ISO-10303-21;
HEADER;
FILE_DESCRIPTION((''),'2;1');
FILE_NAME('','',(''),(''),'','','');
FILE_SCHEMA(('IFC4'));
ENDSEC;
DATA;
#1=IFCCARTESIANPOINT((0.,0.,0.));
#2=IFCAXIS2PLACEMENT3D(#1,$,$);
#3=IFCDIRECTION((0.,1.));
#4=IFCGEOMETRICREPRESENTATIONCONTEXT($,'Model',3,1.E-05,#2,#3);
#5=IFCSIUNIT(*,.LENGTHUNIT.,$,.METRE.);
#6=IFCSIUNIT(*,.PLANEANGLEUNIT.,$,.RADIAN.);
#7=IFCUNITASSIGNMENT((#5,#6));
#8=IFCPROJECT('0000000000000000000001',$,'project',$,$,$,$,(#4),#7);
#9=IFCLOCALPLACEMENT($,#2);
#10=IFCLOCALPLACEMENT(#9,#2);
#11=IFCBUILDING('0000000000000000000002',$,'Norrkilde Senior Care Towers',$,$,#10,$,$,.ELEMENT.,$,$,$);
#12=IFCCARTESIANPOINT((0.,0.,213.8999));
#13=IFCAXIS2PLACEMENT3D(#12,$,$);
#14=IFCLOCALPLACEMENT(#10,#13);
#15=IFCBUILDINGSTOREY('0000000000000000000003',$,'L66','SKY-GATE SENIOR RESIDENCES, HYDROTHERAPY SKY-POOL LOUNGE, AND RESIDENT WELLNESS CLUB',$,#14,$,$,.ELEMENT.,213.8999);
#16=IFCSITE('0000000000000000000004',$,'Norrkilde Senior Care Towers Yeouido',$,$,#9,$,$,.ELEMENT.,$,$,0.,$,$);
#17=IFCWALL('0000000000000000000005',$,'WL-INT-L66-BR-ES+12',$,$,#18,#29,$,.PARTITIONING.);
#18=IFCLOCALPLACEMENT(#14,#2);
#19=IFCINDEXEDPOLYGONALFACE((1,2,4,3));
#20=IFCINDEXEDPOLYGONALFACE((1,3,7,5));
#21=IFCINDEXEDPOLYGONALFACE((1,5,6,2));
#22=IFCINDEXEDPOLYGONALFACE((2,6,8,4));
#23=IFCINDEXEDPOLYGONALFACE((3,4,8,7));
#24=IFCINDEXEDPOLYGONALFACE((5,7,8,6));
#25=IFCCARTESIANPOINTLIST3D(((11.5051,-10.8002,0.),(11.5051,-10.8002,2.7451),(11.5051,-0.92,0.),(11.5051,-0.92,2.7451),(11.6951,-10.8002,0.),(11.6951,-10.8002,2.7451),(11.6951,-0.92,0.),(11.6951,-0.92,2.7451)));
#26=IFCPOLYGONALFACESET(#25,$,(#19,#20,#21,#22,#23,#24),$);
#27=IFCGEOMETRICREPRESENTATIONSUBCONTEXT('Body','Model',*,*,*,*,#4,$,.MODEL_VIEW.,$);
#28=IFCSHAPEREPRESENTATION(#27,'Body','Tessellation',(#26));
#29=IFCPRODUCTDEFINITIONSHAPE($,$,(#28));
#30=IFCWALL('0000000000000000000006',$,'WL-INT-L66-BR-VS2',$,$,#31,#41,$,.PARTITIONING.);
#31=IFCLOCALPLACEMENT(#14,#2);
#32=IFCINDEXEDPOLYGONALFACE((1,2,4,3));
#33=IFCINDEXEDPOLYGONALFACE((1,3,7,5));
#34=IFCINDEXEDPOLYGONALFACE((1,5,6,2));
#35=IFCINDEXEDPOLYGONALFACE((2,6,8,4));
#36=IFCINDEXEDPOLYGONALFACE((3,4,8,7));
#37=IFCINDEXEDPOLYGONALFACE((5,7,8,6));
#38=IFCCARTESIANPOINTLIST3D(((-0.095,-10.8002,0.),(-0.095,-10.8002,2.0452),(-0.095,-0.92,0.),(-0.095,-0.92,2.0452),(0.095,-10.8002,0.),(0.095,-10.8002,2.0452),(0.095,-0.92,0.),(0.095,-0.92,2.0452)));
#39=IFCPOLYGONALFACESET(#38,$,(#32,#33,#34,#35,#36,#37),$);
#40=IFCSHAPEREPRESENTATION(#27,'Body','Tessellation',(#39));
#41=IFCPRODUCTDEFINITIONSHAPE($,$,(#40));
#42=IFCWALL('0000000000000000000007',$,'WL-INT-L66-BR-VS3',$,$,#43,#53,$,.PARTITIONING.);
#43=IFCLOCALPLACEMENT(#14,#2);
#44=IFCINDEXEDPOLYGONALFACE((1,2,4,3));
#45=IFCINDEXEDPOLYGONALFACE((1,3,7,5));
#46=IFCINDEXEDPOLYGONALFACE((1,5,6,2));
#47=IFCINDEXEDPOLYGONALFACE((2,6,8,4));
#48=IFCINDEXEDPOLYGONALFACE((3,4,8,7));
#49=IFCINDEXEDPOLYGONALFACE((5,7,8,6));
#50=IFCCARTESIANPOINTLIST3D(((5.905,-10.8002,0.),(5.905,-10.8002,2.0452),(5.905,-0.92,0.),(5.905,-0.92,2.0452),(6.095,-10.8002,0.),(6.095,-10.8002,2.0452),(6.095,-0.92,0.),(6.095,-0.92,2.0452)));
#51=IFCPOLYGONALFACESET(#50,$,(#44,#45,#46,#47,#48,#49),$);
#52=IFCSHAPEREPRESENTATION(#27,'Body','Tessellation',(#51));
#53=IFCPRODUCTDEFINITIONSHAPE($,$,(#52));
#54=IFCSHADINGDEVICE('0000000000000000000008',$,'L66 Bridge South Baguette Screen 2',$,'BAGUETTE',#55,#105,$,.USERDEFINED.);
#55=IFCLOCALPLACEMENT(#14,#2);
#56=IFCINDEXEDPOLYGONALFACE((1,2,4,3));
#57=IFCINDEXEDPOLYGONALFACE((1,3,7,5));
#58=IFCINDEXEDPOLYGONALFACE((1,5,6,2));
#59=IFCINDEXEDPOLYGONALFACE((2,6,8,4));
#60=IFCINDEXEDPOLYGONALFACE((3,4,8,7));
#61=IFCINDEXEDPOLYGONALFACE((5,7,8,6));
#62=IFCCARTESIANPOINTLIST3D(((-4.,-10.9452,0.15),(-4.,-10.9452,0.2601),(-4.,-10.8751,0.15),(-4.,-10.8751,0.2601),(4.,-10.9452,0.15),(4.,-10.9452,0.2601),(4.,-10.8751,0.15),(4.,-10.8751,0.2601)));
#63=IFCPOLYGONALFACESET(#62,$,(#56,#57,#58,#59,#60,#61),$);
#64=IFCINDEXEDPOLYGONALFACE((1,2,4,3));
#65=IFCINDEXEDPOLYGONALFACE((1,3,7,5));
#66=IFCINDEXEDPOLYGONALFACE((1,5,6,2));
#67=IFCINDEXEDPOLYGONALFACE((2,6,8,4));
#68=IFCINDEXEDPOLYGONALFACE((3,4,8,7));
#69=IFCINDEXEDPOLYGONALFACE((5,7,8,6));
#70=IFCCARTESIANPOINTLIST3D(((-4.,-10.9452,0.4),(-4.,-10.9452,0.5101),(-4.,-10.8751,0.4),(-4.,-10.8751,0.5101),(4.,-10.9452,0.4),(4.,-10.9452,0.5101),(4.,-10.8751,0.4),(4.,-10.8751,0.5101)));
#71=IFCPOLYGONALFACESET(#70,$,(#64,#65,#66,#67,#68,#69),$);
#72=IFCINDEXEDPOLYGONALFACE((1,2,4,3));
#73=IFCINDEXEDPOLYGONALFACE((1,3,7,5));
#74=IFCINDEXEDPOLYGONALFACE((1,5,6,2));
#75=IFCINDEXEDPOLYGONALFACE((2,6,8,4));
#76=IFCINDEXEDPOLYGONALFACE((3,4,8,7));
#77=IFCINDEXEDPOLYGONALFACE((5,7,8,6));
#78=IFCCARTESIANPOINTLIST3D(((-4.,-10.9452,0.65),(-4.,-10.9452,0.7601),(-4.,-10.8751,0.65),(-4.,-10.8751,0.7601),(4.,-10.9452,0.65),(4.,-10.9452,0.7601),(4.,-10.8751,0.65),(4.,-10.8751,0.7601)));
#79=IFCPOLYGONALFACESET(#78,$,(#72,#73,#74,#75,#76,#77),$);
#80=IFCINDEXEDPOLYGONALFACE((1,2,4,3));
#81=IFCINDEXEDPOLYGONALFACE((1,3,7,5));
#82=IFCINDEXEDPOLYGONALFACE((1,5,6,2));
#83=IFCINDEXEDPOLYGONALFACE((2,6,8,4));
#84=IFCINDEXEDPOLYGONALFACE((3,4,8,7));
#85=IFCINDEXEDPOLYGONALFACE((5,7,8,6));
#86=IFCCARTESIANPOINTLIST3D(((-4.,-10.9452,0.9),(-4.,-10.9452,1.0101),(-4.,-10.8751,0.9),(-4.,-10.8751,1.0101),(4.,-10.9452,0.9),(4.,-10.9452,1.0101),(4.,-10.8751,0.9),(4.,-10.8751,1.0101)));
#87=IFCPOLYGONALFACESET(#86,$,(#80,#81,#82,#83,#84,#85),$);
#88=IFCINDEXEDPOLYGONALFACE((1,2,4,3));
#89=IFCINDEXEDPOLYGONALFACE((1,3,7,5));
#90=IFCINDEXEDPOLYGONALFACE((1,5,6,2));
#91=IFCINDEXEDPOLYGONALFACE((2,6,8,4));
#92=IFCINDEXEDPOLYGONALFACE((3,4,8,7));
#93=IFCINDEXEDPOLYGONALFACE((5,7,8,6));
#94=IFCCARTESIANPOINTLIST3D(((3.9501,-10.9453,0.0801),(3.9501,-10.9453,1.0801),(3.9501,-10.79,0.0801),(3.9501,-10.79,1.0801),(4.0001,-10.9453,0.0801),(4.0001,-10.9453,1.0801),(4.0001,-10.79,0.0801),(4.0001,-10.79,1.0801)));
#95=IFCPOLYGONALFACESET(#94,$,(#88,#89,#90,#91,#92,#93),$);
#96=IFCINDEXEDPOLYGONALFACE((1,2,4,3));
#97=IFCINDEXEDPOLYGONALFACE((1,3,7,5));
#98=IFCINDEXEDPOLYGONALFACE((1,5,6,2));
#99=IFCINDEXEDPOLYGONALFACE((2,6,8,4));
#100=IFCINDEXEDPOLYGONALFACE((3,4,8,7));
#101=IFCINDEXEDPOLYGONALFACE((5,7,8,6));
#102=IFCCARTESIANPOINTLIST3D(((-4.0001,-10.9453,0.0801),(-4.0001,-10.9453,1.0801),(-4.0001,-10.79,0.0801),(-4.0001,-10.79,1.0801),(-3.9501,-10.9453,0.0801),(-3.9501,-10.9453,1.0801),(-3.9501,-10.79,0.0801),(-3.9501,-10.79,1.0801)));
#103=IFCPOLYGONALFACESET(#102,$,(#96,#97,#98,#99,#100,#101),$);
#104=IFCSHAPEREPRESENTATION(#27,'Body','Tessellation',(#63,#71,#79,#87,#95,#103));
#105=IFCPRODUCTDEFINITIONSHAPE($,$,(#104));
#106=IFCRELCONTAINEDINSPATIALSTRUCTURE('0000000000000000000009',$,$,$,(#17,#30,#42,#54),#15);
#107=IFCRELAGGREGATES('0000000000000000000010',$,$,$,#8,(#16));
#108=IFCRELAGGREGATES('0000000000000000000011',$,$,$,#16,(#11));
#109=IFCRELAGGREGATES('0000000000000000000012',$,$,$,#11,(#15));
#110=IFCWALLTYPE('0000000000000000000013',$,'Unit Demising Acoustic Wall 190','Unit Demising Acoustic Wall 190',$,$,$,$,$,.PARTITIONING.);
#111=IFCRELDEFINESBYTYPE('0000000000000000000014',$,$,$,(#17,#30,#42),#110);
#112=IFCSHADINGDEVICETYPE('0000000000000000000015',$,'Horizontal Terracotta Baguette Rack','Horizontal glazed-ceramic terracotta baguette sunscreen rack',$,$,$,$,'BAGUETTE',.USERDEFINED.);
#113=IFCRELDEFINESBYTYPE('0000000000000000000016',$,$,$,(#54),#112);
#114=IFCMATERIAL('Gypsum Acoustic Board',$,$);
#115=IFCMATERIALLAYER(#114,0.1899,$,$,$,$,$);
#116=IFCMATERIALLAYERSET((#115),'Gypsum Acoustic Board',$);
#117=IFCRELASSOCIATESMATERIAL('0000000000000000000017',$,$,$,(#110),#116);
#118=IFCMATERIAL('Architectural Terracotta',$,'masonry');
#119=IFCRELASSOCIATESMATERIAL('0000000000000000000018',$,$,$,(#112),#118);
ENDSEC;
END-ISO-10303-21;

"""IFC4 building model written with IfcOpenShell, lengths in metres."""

from ifc_helpers import new_model, si_unit, direction, frame, frame_2d, origin, origin_2d, place, context, subcontext, project, spatial, rectangle, extrude, source, transform, mapped, material, layer, layer_set, type_object, type_shapes, element, save


model = new_model("IFC4")

# Units and contexts
model_context = context("Model", 3, precision=1e-05, world=origin(), true_north=direction((0.0, 1.0)))
body_context = subcontext(model_context, "Body", "Model", "MODEL_VIEW")
ifc_project = project(units=[si_unit("LENGTHUNIT", "METRE"), si_unit("PLANEANGLEUNIT", "RADIAN")], contexts=[model_context])

# Site, building, storey
site_placement = place(None, origin())
site = spatial("IfcSite", under=ifc_project, at=site_placement, Name="Norrkilde Senior Care Towers Yeouido", CompositionType="ELEMENT", RefElevation=0.0)
building_placement = place(site_placement, origin())
building = spatial("IfcBuilding", under=site, at=building_placement, Name="Norrkilde Senior Care Towers", CompositionType="ELEMENT")
storey_placement = place(building_placement, frame((0.0, 0.0, 213.8999)))
storey = spatial("IfcBuildingStorey", under=building, at=storey_placement, Name="L66", Description="SKY-GATE SENIOR RESIDENCES, HYDROTHERAPY SKY-POOL LOUNGE, AND RESIDENT WELLNESS CLUB", CompositionType="ELEMENT", Elevation=213.8999)

# Walls
ifc_material_1 = material(Name="Gypsum Acoustic Board")
ifc_layer_1 = layer(ifc_material_1, 0.1899)
ifc_layer_set_1 = layer_set([ifc_layer_1], Name="Gypsum Acoustic Board")
wall_type_1 = type_object("IfcWallType", Name="Unit Demising Acoustic Wall 190", Description="Unit Demising Acoustic Wall 190", PredefinedType="PARTITIONING", material=ifc_layer_set_1)
shared_shape_1 = source(origin(), body_context, "Body", "SweptSolid", [
    extrude(rectangle(XDim=9.8801, YDim=0.1899, at=frame_2d((4.9399, 0.0))), origin(), (0.0, 0.0, 1.0), 2.7451),
])
wall_1_placement = place(storey_placement, frame((11.6001, -10.8, 0.0), z_axis=(0.0, 0.0, 1.0), x_axis=(0.0, 1.0, 0.0)))
element("IfcWall", 1, at=wall_1_placement, inside=storey, type_object=wall_type_1, Name="WL-INT-L66-BR-ES+12", PredefinedType="PARTITIONING", context=body_context, shape_type="MappedRepresentation", body=[
    mapped(shared_shape_1, transform((0.0, 0.0, 0.0), x_axis=(1.0, 0.0, 0.0), y_axis=(0.0, 1.0, 0.0), z_axis=(0.0, 0.0, 1.0), scale=1.0)),
])
shared_shape_2 = source(origin(), body_context, "Body", "SweptSolid", [
    extrude(rectangle(XDim=9.8801, YDim=0.1899, at=frame_2d((4.9399, 0.0))), origin(), (0.0, 0.0, 1.0), 2.0452),
])
type_shapes(wall_type_1, [shared_shape_1, shared_shape_2])
for number, where, z_axis, x_axis, name in (
    (2, (0.0, -10.8, 0.0), (0.0, 0.0, 1.0), (0.0, 1.0, 0.0), "WL-INT-L66-BR-VS2"),
    (3, (6.0, -10.8, 0.0), (0.0, 0.0, 1.0), (0.0, 1.0, 0.0), "WL-INT-L66-BR-VS3"),
):
    element("IfcWall", number, at=place(storey_placement, frame(where, z_axis=z_axis, x_axis=x_axis)), inside=storey, type_object=wall_type_1, Name=name, PredefinedType="PARTITIONING", context=body_context, shape_type="MappedRepresentation", body=[
        mapped(shared_shape_2, transform((0.0, 0.0, 0.0), x_axis=(1.0, 0.0, 0.0), y_axis=(0.0, 1.0, 0.0), z_axis=(0.0, 0.0, 1.0), scale=1.0)),
    ])

# Shading device
ifc_material_2 = material(Name="Architectural Terracotta", Category="masonry")
shading_device_type = type_object("IfcShadingDeviceType", Name="Horizontal Terracotta Baguette Rack", Description="Horizontal glazed-ceramic terracotta baguette sunscreen rack", ElementType="BAGUETTE", PredefinedType="USERDEFINED", material=ifc_material_2)
shared_shape_3 = source(origin(), body_context, "Body", "SweptSolid", [
    extrude(rectangle(XDim=0.0701, YDim=0.1101, at=origin_2d()), frame((0.0, 0.0901, 0.125), z_axis=(1.0, 0.0, 0.0), x_axis=(0.0, 1.0, 0.0)), (0.0, 0.0, 1.0), 8.0),
    extrude(rectangle(XDim=0.0701, YDim=0.1101, at=origin_2d()), frame((0.0, 0.0901, 0.375), z_axis=(1.0, 0.0, 0.0), x_axis=(0.0, 1.0, 0.0)), (0.0, 0.0, 1.0), 8.0),
    extrude(rectangle(XDim=0.0701, YDim=0.1101, at=origin_2d()), frame((0.0, 0.0901, 0.625), z_axis=(1.0, 0.0, 0.0), x_axis=(0.0, 1.0, 0.0)), (0.0, 0.0, 1.0), 8.0),
    extrude(rectangle(XDim=0.0701, YDim=0.1101, at=origin_2d()), frame((0.0, 0.0901, 0.875), z_axis=(1.0, 0.0, 0.0), x_axis=(0.0, 1.0, 0.0)), (0.0, 0.0, 1.0), 8.0),
    extrude(rectangle(XDim=0.05, YDim=0.1553, at=origin_2d()), frame((0.0249, 0.0476, 0.0)), (0.0, 0.0, 1.0), 1.0),
    extrude(rectangle(XDim=0.05, YDim=0.1553, at=origin_2d()), frame((7.9751, 0.0476, 0.0)), (0.0, 0.0, 1.0), 1.0),
])
type_shapes(shading_device_type, [shared_shape_3])
shading_device_placement = place(storey_placement, frame((4.0, -10.8201, 0.0801), z_axis=(0.0, 0.0, 1.0), x_axis=(-1.0, 0.0, 0.0)))
element("IfcShadingDevice", 4, at=shading_device_placement, inside=storey, type_object=shading_device_type, Name="L66 Bridge South Baguette Screen 2", ObjectType="BAGUETTE", PredefinedType="USERDEFINED", context=body_context, shape_type="MappedRepresentation", body=[
    mapped(shared_shape_3, transform((0.0, 0.0, 0.0), x_axis=(1.0, 0.0, 0.0), y_axis=(0.0, 1.0, 0.0), z_axis=(0.0, 0.0, 1.0), scale=1.0)),
])

save(model, "model.ifc")
